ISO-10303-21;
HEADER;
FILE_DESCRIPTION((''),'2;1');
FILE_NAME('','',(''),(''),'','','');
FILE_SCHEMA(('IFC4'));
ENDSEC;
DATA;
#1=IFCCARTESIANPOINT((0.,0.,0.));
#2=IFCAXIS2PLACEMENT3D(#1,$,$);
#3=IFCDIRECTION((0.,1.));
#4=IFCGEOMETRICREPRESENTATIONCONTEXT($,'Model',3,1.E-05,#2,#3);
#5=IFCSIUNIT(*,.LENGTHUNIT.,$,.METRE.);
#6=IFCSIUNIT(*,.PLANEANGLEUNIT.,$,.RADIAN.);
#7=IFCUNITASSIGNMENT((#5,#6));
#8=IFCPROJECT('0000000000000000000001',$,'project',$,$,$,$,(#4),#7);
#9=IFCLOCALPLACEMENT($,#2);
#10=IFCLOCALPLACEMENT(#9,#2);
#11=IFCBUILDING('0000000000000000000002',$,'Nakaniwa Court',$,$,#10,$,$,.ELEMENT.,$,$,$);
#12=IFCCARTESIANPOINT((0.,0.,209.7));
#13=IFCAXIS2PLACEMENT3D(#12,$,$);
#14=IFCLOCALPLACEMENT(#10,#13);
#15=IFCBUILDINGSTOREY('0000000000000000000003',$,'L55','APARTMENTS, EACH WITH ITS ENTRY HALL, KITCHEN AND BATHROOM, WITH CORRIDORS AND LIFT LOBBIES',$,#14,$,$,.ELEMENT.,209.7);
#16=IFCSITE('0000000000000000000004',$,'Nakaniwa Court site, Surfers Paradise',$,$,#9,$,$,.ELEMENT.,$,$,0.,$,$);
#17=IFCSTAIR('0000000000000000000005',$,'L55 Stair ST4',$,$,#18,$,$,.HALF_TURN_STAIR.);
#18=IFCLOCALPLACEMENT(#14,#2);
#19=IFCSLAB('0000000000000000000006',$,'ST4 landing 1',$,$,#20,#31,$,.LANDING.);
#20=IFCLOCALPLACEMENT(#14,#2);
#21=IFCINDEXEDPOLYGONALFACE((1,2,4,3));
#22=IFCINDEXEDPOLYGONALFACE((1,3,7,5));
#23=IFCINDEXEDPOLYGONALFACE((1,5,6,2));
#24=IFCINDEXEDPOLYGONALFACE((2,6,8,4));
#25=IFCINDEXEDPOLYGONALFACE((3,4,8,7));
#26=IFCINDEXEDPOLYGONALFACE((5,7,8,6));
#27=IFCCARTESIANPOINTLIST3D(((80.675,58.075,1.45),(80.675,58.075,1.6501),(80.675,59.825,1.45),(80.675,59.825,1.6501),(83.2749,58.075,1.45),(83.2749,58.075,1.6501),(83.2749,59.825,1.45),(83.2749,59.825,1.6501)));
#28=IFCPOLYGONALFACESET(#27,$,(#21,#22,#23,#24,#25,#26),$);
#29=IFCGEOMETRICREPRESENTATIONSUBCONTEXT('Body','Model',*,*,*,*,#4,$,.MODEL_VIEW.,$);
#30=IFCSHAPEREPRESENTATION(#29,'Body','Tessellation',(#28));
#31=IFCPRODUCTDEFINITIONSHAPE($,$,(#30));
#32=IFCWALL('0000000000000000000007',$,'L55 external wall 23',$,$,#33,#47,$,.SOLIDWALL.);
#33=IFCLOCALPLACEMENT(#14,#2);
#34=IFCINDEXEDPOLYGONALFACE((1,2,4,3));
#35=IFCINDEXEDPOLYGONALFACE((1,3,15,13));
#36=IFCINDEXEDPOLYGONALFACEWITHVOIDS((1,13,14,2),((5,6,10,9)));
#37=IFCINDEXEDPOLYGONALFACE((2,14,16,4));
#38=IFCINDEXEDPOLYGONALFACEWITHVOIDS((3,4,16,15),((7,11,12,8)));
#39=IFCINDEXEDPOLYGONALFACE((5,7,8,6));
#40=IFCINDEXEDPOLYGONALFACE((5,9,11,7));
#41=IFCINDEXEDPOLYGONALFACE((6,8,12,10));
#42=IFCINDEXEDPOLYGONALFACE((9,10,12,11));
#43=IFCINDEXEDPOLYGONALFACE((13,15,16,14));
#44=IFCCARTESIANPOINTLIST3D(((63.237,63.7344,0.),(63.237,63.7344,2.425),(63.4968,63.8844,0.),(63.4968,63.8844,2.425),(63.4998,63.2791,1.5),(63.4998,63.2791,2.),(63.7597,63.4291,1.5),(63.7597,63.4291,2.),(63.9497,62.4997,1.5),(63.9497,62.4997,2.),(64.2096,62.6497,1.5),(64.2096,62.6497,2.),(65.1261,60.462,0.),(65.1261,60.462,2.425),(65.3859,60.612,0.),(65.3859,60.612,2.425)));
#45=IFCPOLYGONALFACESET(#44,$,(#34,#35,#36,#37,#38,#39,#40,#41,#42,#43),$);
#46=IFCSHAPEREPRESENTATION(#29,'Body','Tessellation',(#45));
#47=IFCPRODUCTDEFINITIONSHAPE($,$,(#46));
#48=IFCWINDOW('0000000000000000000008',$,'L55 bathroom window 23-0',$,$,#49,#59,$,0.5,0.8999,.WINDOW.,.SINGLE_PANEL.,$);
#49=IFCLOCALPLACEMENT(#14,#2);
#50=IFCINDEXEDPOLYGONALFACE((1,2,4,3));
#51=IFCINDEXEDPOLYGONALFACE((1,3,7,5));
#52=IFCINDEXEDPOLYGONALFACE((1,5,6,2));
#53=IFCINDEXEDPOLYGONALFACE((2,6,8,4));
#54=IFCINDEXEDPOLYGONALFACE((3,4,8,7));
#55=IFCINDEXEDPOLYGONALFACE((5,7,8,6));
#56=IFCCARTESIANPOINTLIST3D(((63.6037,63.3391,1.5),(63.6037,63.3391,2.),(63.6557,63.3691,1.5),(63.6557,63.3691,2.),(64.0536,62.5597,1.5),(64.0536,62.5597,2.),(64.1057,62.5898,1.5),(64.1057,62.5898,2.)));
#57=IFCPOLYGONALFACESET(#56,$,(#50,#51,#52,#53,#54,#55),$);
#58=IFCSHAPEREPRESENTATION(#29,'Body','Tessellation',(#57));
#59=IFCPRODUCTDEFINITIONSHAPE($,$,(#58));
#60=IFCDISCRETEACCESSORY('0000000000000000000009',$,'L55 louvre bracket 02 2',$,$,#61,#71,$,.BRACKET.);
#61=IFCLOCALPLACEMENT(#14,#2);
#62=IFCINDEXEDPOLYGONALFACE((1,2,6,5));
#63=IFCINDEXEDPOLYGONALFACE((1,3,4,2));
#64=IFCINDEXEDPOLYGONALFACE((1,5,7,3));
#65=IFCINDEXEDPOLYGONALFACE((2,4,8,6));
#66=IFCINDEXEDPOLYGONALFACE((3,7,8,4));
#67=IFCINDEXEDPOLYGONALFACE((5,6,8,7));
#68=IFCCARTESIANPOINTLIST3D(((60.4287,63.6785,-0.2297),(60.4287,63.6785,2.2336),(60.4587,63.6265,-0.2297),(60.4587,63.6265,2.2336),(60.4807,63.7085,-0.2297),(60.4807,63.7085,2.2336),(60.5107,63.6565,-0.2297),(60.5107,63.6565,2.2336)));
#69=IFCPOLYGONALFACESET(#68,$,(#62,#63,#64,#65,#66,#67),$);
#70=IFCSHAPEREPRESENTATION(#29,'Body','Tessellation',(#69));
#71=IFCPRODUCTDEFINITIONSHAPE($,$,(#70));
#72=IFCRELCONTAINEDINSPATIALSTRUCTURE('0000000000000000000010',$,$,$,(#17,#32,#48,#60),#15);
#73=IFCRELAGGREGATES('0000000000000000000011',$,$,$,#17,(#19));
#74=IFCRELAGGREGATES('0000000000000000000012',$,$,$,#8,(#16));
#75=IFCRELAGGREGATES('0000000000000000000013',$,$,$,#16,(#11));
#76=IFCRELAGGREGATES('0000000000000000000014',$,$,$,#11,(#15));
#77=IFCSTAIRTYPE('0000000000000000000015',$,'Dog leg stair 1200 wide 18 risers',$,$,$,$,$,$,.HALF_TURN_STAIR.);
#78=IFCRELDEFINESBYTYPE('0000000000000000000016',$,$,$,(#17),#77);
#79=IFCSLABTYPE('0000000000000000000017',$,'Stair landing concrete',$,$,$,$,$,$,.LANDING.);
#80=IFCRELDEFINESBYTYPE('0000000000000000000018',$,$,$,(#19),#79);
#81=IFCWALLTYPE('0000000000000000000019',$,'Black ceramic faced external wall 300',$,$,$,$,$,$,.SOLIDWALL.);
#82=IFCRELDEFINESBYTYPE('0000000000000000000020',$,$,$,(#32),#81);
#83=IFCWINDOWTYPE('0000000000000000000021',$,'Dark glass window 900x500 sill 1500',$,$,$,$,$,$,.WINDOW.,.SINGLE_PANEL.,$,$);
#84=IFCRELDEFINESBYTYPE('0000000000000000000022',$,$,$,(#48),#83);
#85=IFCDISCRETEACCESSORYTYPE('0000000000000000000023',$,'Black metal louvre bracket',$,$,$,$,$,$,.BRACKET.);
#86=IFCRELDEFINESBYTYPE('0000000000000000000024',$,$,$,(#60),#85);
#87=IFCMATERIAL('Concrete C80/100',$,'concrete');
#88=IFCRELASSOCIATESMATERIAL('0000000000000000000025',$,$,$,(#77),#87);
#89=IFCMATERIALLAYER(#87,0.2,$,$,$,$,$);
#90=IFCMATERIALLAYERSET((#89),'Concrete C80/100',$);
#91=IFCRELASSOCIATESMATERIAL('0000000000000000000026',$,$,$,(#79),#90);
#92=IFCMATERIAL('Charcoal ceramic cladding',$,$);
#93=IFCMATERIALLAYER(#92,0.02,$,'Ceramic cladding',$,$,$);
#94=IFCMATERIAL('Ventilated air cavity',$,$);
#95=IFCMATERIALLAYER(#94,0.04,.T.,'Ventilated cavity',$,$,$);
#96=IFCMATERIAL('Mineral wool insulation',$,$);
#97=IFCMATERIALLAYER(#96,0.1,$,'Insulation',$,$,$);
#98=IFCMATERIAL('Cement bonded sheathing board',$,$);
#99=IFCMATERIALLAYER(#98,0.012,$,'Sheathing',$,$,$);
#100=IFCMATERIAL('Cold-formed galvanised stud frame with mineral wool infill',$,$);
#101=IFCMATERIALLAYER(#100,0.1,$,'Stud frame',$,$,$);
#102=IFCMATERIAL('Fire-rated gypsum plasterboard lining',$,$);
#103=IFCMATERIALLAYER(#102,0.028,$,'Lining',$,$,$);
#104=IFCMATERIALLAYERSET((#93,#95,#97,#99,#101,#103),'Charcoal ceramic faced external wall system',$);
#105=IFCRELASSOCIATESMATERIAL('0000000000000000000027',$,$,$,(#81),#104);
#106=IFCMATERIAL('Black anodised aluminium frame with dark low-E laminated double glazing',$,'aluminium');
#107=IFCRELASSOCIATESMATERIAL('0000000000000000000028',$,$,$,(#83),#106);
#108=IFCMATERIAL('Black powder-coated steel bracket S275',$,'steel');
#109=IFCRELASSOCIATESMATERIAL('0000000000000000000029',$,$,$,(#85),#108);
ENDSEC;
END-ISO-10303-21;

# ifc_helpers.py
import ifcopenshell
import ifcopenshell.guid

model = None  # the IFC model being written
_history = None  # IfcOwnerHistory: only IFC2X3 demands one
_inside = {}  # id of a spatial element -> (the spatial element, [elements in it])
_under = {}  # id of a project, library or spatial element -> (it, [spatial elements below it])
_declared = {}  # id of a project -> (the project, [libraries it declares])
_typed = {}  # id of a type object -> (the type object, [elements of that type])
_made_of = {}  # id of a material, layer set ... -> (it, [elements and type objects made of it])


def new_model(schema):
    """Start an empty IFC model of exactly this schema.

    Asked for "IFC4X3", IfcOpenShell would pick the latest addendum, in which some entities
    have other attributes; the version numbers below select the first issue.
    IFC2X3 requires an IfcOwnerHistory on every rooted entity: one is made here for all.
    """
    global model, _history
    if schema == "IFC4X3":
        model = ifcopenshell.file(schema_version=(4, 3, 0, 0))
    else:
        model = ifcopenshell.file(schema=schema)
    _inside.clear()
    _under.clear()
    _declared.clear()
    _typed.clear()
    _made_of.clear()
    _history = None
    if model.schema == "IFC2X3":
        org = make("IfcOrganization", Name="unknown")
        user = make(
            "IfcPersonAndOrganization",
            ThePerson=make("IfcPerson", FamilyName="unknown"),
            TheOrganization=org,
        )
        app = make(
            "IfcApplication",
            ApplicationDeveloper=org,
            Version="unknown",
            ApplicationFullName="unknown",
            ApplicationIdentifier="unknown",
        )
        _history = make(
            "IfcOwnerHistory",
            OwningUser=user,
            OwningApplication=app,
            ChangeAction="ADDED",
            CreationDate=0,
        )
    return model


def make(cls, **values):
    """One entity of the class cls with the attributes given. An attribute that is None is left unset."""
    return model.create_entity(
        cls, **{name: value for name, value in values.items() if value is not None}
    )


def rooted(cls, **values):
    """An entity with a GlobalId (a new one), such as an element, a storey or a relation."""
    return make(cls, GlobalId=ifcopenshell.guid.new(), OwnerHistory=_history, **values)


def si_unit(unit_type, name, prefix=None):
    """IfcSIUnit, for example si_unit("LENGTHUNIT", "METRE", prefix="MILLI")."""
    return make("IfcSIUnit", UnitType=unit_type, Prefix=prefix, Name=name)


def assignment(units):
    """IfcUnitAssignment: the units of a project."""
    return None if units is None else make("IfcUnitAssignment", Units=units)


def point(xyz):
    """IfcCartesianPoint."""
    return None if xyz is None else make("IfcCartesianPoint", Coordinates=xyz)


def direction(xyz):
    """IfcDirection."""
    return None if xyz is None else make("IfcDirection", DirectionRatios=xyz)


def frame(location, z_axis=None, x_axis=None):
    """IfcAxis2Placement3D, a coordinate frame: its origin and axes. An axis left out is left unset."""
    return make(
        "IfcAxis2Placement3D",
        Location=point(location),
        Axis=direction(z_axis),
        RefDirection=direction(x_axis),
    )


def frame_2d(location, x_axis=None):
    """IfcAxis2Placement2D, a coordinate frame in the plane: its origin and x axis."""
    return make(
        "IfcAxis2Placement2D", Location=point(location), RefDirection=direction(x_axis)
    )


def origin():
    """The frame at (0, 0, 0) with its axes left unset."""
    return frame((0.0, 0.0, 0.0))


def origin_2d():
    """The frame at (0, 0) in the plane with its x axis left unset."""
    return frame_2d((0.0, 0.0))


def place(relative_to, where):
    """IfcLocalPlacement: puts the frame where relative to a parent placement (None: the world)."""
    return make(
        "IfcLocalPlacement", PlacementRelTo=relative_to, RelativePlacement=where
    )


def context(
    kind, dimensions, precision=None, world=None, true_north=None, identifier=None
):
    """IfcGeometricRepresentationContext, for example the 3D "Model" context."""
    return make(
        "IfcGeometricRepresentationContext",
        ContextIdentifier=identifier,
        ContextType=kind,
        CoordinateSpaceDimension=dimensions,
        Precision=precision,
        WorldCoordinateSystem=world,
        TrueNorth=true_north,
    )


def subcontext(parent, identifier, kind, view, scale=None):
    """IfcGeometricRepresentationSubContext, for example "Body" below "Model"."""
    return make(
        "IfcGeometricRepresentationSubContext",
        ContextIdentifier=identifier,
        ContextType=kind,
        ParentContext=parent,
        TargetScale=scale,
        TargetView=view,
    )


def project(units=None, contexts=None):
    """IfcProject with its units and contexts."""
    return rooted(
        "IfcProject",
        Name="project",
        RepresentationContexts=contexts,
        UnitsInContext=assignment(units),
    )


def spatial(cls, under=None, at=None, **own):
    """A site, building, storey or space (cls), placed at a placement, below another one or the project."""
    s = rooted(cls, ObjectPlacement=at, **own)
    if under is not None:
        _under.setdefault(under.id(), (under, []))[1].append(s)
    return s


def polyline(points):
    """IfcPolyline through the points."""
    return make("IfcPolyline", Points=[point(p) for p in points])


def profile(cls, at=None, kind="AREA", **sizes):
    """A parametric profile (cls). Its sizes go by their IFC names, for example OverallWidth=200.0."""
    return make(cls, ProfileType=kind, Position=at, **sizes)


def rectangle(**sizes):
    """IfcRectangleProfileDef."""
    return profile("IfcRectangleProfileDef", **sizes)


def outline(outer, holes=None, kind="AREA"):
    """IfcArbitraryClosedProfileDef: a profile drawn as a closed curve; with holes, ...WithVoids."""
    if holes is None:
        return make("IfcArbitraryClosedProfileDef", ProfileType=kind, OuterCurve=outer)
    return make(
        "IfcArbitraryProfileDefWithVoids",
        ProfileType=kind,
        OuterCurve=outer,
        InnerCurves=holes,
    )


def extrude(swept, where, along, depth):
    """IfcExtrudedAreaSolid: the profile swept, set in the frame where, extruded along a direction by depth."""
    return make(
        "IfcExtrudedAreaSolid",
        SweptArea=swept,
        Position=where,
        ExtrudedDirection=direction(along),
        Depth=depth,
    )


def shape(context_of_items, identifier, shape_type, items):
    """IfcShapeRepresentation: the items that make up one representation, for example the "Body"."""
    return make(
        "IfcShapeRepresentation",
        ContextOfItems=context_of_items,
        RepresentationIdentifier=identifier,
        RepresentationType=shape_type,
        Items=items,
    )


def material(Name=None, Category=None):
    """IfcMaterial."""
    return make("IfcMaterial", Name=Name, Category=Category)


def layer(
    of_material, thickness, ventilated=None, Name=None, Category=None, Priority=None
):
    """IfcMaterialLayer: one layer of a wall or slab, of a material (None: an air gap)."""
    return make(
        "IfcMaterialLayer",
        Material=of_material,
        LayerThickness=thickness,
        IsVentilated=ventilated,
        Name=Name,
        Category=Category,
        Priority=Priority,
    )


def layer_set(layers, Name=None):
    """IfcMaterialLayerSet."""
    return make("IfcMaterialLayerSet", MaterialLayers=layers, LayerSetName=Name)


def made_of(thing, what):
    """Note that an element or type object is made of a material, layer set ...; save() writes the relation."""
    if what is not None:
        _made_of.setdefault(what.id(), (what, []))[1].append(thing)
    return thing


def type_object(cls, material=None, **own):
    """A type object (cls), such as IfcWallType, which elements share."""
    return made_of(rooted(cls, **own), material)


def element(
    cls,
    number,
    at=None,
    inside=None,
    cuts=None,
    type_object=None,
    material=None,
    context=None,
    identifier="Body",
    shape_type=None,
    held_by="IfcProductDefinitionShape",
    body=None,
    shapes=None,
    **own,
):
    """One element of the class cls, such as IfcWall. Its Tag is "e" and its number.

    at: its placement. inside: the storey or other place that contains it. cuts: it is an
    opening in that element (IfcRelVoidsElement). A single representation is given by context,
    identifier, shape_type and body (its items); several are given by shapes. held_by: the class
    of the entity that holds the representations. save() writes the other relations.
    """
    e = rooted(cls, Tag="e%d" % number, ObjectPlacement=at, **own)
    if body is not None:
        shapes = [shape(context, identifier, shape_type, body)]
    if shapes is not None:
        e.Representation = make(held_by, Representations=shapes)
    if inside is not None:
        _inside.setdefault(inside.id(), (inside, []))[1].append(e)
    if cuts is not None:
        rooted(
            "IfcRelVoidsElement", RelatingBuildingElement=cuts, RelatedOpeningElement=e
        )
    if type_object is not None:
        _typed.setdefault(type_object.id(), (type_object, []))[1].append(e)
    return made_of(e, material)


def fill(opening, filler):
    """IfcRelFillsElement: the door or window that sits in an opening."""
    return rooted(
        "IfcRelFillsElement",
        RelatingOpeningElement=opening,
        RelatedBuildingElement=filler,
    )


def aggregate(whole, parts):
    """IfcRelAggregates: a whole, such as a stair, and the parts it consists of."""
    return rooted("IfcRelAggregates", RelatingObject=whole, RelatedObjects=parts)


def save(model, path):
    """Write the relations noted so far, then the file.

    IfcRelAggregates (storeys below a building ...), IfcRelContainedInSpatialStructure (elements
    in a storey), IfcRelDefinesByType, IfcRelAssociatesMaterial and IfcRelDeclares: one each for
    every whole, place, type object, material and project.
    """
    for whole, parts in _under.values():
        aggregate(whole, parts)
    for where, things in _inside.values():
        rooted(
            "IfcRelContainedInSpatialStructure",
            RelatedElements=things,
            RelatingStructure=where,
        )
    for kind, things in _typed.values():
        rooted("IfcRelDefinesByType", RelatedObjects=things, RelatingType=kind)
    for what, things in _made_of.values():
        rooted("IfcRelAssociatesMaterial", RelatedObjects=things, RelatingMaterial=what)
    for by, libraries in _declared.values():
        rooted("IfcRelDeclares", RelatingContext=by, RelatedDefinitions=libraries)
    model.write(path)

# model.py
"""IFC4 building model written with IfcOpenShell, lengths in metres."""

from ifc_helpers import new_model, si_unit, direction, frame, frame_2d, origin, origin_2d, place, context, subcontext, project, spatial, polyline, rectangle, outline, extrude, material, layer, layer_set, type_object, element, fill, aggregate, save


model = new_model("IFC4")

# Units and contexts
model_context = context("Model", 3, precision=1e-05, world=origin(), true_north=direction((0.0, 1.0)))
body_context = subcontext(model_context, "Body", "Model", "MODEL_VIEW")
ifc_project = project(units=[si_unit("LENGTHUNIT", "METRE"), si_unit("PLANEANGLEUNIT", "RADIAN")], contexts=[model_context])

# Site, building, storey
site_placement = place(None, origin())
site = spatial("IfcSite", under=ifc_project, at=site_placement, Name="Nakaniwa Court site, Surfers Paradise", CompositionType="ELEMENT", RefElevation=0.0)
building_placement = place(site_placement, origin())
building = spatial("IfcBuilding", under=site, at=building_placement, Name="Nakaniwa Court", CompositionType="ELEMENT")
storey_placement = place(building_placement, frame((0.0, 0.0, 209.7)))
storey = spatial("IfcBuildingStorey", under=building, at=storey_placement, Name="L55", Description="APARTMENTS, EACH WITH ITS ENTRY HALL, KITCHEN AND BATHROOM, WITH CORRIDORS AND LIFT LOBBIES", CompositionType="ELEMENT", Elevation=209.7)

# Shared definitions
ifc_material_1 = material(Name="Concrete C80/100", Category="concrete")

# Stair, slab
stair_type = type_object("IfcStairType", Name="Dog leg stair 1200 wide 18 risers", PredefinedType="HALF_TURN_STAIR", material=ifc_material_1)
ifc_layer_1 = layer(ifc_material_1, 0.2)
ifc_layer_set_1 = layer_set([ifc_layer_1], Name="Concrete C80/100")
slab_type_1 = type_object("IfcSlabType", Name="Stair landing concrete", PredefinedType="LANDING", material=ifc_layer_set_1)
stair_1_placement = place(storey_placement, origin())
stair_1 = element("IfcStair", 1, at=stair_1_placement, inside=storey, type_object=stair_type, Name="L55 Stair ST4", PredefinedType="HALF_TURN_STAIR")
slab_1_placement = place(storey_placement, frame((0.0, 0.0, 1.45)))
slab_1 = element("IfcSlab", 2, at=slab_1_placement, type_object=slab_type_1, Name="ST4 landing 1", PredefinedType="LANDING", context=body_context, shape_type="SweptSolid", body=[
    extrude(outline(polyline([(83.2749, 58.075), (83.2749, 59.825), (80.675, 59.825), (80.675, 58.075), (83.2749, 58.075)])), origin(), (0.0, 0.0, 1.0), 0.2002),
])
aggregate(stair_1, [slab_1])

# Wall, opening, window
ifc_material_2 = material(Name="Charcoal ceramic cladding")
ifc_layer_2 = layer(ifc_material_2, 0.02, Name="Ceramic cladding")
ifc_material_3 = material(Name="Ventilated air cavity")
ifc_layer_3 = layer(ifc_material_3, 0.04, ventilated=True, Name="Ventilated cavity")
ifc_material_4 = material(Name="Mineral wool insulation")
ifc_layer_4 = layer(ifc_material_4, 0.1, Name="Insulation")
ifc_material_5 = material(Name="Cement bonded sheathing board")
ifc_layer_5 = layer(ifc_material_5, 0.012, Name="Sheathing")
ifc_material_6 = material(Name="Cold-formed galvanised stud frame with mineral wool infill")
ifc_layer_6 = layer(ifc_material_6, 0.1, Name="Stud frame")
ifc_material_7 = material(Name="Fire-rated gypsum plasterboard lining")
ifc_layer_7 = layer(ifc_material_7, 0.028, Name="Lining")
ifc_layer_set_2 = layer_set([ifc_layer_2, ifc_layer_3, ifc_layer_4, ifc_layer_5, ifc_layer_6, ifc_layer_7], Name="Charcoal ceramic faced external wall system")
wall_type = type_object("IfcWallType", Name="Black ceramic faced external wall 300", PredefinedType="SOLIDWALL", material=ifc_layer_set_2)
wall_placement = place(storey_placement, frame((63.3669, 63.8093, 0.0), z_axis=(0.0, 0.0, 1.0), x_axis=(0.499961, -0.866048, 0.0)))
wall = element("IfcWall", 3, at=wall_placement, inside=storey, type_object=wall_type, Name="L55 external wall 23", PredefinedType="SOLIDWALL", context=body_context, shape_type="SweptSolid", body=[
    extrude(rectangle(XDim=3.7786, YDim=0.3, at=frame_2d((1.8892, 0.0))), origin(), (0.0, 0.0, 1.0), 2.425),
])
opening_placement = place(wall_placement, frame((0.5256, 0.0, 1.5)))
opening = element("IfcOpeningElement", 4, at=opening_placement, cuts=wall, PredefinedType="OPENING", context=body_context, shape_type="SweptSolid", body=[
    extrude(rectangle(XDim=0.8999, YDim=0.5, at=frame_2d((0.45, 0.25))), frame((0.0, 0.1599, 0.0), z_axis=(0.0, -1.0, 0.0), x_axis=(1.0, 0.0, 0.0)), (0.0, 0.0, 1.0), 0.3201),
])
ifc_material_8 = material(Name="Black anodised aluminium frame with dark low-E laminated double glazing", Category="aluminium")
window_type = type_object("IfcWindowType", Name="Dark glass window 900x500 sill 1500", PartitioningType="SINGLE_PANEL", PredefinedType="WINDOW", material=ifc_material_8)
window_placement = place(opening_placement, origin())
window = element("IfcWindow", 5, at=window_placement, inside=storey, type_object=window_type, Name="L55 bathroom window 23-0", OverallHeight=0.5, OverallWidth=0.8999, PartitioningType="SINGLE_PANEL", PredefinedType="WINDOW", context=body_context, shape_type="SweptSolid", body=[
    extrude(rectangle(XDim=0.8999, YDim=0.5, at=frame_2d((0.45, 0.25))), frame((0.0, 0.03, 0.0), z_axis=(0.0, -1.0, 0.0), x_axis=(1.0, 0.0, 0.0)), (0.0, 0.0, 1.0), 0.0601),
])
fill(opening, window)

# Discrete accessory
ifc_material_9 = material(Name="Black powder-coated steel bracket S275", Category="steel")
discrete_accessory_type = type_object("IfcDiscreteAccessoryType", Name="Black metal louvre bracket", PredefinedType="BRACKET", material=ifc_material_9)
discrete_accessory_placement = place(storey_placement, frame((60.4697, 63.6675, -0.2297), z_axis=(0.0, 0.0, 1.0), x_axis=(0.500017, -0.866016, 0.0)))
element("IfcDiscreteAccessory", 6, at=discrete_accessory_placement, inside=storey, type_object=discrete_accessory_type, Name="L55 louvre bracket 02 2", PredefinedType="BRACKET", context=body_context, shape_type="SweptSolid", body=[
    extrude(rectangle(XDim=0.0601, YDim=0.0601, at=origin_2d()), origin(), (0.0, 0.0, 1.0), 2.4634),
])

save(model, "model.ifc")
